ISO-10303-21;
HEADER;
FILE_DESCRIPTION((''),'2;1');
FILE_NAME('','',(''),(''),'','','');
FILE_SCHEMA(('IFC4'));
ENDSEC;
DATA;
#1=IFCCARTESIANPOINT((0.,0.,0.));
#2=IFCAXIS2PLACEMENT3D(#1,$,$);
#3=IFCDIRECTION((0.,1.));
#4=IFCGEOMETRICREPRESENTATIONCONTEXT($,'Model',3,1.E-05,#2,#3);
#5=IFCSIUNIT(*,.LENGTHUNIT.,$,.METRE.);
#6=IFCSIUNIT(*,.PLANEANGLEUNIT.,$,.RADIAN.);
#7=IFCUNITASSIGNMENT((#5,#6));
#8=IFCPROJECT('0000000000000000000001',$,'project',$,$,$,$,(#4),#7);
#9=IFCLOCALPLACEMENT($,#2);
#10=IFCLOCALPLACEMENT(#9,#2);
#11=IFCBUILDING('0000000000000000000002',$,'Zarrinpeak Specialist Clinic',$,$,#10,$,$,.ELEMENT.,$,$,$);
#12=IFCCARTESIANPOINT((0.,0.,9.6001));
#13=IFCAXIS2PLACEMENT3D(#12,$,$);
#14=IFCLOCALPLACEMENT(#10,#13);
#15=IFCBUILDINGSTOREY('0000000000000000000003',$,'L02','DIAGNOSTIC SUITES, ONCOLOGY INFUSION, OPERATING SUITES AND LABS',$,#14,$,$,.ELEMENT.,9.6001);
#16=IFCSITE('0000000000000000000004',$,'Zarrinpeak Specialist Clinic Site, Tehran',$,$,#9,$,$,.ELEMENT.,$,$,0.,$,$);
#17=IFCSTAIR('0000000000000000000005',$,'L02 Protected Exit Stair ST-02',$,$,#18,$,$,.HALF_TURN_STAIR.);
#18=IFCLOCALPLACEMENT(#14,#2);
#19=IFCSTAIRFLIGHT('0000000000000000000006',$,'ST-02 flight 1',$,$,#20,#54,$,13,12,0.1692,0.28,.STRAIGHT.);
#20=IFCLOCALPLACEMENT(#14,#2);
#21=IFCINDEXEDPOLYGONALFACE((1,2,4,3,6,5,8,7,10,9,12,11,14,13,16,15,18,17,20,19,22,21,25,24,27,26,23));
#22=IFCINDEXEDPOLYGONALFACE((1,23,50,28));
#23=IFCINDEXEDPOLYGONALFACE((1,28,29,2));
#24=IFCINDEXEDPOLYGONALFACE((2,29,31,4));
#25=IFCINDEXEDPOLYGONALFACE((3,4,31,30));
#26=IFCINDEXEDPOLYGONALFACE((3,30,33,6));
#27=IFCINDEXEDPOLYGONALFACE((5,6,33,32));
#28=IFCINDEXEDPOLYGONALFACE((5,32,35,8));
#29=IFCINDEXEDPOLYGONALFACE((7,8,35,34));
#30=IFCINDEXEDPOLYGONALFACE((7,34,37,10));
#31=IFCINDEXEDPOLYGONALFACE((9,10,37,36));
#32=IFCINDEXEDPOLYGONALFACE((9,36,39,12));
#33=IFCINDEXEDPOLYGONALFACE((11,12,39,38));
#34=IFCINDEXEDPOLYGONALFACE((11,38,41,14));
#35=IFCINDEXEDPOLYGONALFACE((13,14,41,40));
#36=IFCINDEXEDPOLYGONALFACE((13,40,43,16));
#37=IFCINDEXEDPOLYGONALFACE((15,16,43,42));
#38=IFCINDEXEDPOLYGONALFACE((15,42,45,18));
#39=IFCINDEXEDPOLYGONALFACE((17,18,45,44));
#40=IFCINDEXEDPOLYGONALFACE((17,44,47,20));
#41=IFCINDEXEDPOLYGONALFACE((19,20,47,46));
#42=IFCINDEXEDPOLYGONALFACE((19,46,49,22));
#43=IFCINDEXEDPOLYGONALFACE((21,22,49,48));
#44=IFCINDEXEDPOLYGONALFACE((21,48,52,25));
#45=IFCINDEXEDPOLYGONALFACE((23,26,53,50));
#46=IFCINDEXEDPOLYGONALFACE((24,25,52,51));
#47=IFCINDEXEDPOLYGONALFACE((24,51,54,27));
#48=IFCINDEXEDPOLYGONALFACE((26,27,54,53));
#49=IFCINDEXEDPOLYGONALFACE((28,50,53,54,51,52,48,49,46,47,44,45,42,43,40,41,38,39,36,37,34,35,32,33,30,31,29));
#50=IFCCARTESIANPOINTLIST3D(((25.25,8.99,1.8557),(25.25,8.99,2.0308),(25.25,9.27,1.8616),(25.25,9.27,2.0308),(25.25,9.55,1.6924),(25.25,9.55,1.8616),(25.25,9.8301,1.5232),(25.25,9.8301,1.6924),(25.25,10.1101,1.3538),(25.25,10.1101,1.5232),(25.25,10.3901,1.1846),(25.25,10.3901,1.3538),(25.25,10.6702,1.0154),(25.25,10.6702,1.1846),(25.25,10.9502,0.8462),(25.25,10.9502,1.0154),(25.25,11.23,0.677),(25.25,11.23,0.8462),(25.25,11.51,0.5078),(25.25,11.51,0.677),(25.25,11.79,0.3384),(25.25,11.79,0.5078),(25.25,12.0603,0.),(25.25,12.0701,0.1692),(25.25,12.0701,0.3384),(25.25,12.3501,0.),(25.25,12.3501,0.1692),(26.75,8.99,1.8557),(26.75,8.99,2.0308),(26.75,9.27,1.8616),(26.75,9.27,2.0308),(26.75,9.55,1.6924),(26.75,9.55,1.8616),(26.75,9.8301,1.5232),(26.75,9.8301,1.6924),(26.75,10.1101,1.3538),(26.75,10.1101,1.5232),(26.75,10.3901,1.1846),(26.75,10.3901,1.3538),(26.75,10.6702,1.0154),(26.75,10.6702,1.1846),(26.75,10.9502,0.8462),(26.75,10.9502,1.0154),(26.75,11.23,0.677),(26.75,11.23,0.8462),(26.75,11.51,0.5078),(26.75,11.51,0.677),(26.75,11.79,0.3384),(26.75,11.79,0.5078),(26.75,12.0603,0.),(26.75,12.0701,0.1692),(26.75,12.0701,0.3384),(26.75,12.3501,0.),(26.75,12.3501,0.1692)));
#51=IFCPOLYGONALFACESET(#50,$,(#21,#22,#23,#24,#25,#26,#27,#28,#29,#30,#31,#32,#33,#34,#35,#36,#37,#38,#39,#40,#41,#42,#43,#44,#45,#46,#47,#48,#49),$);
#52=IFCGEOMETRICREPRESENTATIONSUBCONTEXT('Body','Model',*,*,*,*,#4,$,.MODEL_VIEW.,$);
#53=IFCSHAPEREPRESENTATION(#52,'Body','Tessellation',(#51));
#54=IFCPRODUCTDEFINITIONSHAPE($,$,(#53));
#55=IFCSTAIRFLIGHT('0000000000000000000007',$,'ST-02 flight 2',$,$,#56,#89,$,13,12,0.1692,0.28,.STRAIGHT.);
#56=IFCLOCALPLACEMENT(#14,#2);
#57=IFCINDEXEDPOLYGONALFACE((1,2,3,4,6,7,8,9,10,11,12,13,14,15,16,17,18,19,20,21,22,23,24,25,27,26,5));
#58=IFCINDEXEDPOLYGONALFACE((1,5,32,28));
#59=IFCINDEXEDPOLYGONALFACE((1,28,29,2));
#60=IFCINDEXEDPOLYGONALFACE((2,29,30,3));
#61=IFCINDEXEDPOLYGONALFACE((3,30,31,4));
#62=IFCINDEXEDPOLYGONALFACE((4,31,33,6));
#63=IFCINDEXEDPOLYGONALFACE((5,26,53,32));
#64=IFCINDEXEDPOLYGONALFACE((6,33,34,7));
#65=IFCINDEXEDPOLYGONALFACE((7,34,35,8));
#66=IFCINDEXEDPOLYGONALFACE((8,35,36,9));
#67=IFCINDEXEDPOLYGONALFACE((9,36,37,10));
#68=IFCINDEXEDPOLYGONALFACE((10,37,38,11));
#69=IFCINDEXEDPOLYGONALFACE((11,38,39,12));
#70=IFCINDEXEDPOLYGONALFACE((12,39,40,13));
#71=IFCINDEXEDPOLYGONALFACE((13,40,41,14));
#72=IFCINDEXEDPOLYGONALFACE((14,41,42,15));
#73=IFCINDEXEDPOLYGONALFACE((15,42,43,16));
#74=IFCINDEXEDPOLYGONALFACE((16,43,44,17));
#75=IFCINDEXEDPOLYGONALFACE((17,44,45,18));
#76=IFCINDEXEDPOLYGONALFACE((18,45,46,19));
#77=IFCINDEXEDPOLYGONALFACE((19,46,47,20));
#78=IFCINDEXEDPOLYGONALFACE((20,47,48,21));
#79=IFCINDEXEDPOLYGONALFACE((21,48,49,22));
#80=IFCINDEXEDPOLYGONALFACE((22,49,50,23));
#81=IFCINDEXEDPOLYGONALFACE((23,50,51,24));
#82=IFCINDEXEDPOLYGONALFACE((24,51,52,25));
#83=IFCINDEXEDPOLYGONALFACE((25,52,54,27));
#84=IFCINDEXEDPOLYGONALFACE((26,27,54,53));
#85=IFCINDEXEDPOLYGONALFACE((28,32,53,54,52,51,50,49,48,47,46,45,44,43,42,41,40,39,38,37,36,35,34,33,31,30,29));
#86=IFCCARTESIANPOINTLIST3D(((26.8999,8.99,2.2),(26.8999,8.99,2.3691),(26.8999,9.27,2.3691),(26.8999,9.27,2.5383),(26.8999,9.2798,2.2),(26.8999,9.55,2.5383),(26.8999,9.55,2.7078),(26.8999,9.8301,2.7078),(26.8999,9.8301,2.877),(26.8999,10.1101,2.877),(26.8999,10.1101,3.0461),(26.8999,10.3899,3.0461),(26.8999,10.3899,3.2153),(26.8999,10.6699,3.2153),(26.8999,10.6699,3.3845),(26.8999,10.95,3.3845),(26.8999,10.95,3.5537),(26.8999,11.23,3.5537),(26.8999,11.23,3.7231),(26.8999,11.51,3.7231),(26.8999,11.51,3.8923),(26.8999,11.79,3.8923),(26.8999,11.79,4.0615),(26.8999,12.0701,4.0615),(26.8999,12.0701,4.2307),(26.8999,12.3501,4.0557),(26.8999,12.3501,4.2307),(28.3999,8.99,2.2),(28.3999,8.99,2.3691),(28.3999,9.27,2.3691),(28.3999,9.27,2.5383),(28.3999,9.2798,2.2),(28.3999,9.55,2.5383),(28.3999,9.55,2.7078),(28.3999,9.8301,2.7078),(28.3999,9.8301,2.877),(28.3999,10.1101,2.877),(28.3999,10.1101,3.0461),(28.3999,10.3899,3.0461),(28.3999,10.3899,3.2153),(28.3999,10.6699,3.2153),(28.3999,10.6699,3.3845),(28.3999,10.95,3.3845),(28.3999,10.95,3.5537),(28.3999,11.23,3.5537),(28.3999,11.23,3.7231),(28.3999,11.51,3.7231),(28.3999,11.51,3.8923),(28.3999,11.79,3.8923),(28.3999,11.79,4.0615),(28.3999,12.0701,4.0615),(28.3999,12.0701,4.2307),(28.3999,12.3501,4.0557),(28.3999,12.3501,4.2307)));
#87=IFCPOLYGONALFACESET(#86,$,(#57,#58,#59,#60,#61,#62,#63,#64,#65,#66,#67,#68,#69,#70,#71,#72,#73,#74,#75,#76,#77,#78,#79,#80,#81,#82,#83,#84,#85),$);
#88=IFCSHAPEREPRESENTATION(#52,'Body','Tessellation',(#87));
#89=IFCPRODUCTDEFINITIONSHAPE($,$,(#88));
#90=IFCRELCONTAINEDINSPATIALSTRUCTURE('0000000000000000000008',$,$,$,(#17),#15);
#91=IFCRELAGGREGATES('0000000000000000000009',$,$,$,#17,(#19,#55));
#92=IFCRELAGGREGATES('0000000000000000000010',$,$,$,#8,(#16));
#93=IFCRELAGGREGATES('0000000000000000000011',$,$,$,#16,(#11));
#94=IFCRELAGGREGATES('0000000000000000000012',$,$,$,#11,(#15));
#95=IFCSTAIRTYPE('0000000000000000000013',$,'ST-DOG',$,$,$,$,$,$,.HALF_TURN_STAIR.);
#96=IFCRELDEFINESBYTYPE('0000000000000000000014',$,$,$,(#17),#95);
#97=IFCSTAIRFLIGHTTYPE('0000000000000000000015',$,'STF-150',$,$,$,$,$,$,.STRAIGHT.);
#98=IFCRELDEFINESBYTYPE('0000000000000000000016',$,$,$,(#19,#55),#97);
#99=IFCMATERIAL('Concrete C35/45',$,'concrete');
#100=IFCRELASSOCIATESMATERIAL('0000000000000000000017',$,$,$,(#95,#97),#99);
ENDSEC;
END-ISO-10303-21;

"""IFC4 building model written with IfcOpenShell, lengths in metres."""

from ifc_helpers import new_model, si_unit, direction, frame, origin, place, context, subcontext, project, spatial, polyline, outline, extrude, material, type_object, element, aggregate, save


model = new_model("IFC4")

# Units and contexts
model_context = context("Model", 3, precision=1e-05, world=origin(), true_north=direction((0.0, 1.0)))
body_context = subcontext(model_context, "Body", "Model", "MODEL_VIEW")
ifc_project = project(units=[si_unit("LENGTHUNIT", "METRE"), si_unit("PLANEANGLEUNIT", "RADIAN")], contexts=[model_context])

# Site, building, storey
site_placement = place(None, origin())
site = spatial("IfcSite", under=ifc_project, at=site_placement, Name="Zarrinpeak Specialist Clinic Site, Tehran", CompositionType="ELEMENT", RefElevation=0.0)
building_placement = place(site_placement, origin())
building = spatial("IfcBuilding", under=site, at=building_placement, Name="Zarrinpeak Specialist Clinic", CompositionType="ELEMENT")
storey_placement = place(building_placement, frame((0.0, 0.0, 9.6001)))
storey = spatial("IfcBuildingStorey", under=building, at=storey_placement, Name="L02", Description="DIAGNOSTIC SUITES, ONCOLOGY INFUSION, OPERATING SUITES AND LABS", CompositionType="ELEMENT", Elevation=9.6001)

# Stair, stair flights
ifc_material_1 = material(Name="Concrete C35/45", Category="concrete")
stair_type = type_object("IfcStairType", Name="ST-DOG", PredefinedType="HALF_TURN_STAIR", material=ifc_material_1)
stair_placement = place(storey_placement, origin())
stair = element("IfcStair", 1, at=stair_placement, inside=storey, type_object=stair_type, Name="L02 Protected Exit Stair ST-02", PredefinedType="HALF_TURN_STAIR")
stair_flight_type = type_object("IfcStairFlightType", Name="STF-150", PredefinedType="STRAIGHT", material=ifc_material_1)
stair_flight_1_placement = place(storey_placement, frame((26.0, 12.3501, 0.0), z_axis=(0.0, 0.0, 1.0), x_axis=(0.0, -1.0, 0.0)))
stair_flight_1 = element("IfcStairFlight", 2, at=stair_flight_1_placement, type_object=stair_flight_type, Name="ST-02 flight 1", NumberOfRisers=13, NumberOfTreads=12, PredefinedType="STRAIGHT", RiserHeight=0.1692, TreadLength=0.28, context=body_context, shape_type="SweptSolid", body=[
    extrude(outline(polyline([(0.0, 0.0), (0.0, 0.1692), (0.28, 0.1692), (0.28, 0.3384), (0.5601, 0.3384), (0.5601, 0.5078), (0.8401, 0.5078), (0.8401, 0.677), (1.1201, 0.677), (1.1201, 0.8462), (1.3999, 0.8462), (1.3999, 1.0154), (1.6799, 1.0154), (1.6799, 1.1846), (1.96, 1.1846), (1.96, 1.3538), (2.24, 1.3538), (2.24, 1.5232), (2.52, 1.5232), (2.52, 1.6924), (2.8, 1.6924), (2.8, 1.8616), (3.0801, 1.8616), (3.0801, 2.0308), (3.3601, 2.0308), (3.3601, 2.2), (3.3601, 1.8557), (0.2898, 0.0), (0.0, 0.0)])), frame((0.0, 0.75, 0.0), z_axis=(0.0, -1.0, 0.0), x_axis=(1.0, 0.0, 0.0)), (0.0, 0.0, 1.0), 1.5),
])
stair_flight_2_placement = place(storey_placement, frame((27.6499, 8.99, 2.2), z_axis=(0.0, 0.0, 1.0), x_axis=(0.0, 1.0, 0.0)))
stair_flight_2 = element("IfcStairFlight", 3, at=stair_flight_2_placement, type_object=stair_flight_type, Name="ST-02 flight 2", NumberOfRisers=13, NumberOfTreads=12, PredefinedType="STRAIGHT", RiserHeight=0.1692, TreadLength=0.28, context=body_context, shape_type="SweptSolid", body=[
    extrude(outline(polyline([(0.0, 0.0), (0.0, 0.1692), (0.28, 0.1692), (0.28, 0.3384), (0.5601, 0.3384), (0.5601, 0.5078), (0.8401, 0.5078), (0.8401, 0.677), (1.1201, 0.677), (1.1201, 0.8462), (1.3999, 0.8462), (1.3999, 1.0154), (1.6799, 1.0154), (1.6799, 1.1846), (1.96, 1.1846), (1.96, 1.3538), (2.24, 1.3538), (2.24, 1.5232), (2.52, 1.5232), (2.52, 1.6924), (2.8, 1.6924), (2.8, 1.8616), (3.0801, 1.8616), (3.0801, 2.0308), (3.3601, 2.0308), (3.3601, 2.2), (3.3601, 1.8557), (0.2898, 0.0), (0.0, 0.0)])), frame((0.0, 0.75, 0.0), z_axis=(0.0, -1.0, 0.0), x_axis=(1.0, 0.0, 0.0)), (0.0, 0.0, 1.0), 1.5),
])
aggregate(stair, [stair_flight_1, stair_flight_2])

save(model, "model.ifc")
